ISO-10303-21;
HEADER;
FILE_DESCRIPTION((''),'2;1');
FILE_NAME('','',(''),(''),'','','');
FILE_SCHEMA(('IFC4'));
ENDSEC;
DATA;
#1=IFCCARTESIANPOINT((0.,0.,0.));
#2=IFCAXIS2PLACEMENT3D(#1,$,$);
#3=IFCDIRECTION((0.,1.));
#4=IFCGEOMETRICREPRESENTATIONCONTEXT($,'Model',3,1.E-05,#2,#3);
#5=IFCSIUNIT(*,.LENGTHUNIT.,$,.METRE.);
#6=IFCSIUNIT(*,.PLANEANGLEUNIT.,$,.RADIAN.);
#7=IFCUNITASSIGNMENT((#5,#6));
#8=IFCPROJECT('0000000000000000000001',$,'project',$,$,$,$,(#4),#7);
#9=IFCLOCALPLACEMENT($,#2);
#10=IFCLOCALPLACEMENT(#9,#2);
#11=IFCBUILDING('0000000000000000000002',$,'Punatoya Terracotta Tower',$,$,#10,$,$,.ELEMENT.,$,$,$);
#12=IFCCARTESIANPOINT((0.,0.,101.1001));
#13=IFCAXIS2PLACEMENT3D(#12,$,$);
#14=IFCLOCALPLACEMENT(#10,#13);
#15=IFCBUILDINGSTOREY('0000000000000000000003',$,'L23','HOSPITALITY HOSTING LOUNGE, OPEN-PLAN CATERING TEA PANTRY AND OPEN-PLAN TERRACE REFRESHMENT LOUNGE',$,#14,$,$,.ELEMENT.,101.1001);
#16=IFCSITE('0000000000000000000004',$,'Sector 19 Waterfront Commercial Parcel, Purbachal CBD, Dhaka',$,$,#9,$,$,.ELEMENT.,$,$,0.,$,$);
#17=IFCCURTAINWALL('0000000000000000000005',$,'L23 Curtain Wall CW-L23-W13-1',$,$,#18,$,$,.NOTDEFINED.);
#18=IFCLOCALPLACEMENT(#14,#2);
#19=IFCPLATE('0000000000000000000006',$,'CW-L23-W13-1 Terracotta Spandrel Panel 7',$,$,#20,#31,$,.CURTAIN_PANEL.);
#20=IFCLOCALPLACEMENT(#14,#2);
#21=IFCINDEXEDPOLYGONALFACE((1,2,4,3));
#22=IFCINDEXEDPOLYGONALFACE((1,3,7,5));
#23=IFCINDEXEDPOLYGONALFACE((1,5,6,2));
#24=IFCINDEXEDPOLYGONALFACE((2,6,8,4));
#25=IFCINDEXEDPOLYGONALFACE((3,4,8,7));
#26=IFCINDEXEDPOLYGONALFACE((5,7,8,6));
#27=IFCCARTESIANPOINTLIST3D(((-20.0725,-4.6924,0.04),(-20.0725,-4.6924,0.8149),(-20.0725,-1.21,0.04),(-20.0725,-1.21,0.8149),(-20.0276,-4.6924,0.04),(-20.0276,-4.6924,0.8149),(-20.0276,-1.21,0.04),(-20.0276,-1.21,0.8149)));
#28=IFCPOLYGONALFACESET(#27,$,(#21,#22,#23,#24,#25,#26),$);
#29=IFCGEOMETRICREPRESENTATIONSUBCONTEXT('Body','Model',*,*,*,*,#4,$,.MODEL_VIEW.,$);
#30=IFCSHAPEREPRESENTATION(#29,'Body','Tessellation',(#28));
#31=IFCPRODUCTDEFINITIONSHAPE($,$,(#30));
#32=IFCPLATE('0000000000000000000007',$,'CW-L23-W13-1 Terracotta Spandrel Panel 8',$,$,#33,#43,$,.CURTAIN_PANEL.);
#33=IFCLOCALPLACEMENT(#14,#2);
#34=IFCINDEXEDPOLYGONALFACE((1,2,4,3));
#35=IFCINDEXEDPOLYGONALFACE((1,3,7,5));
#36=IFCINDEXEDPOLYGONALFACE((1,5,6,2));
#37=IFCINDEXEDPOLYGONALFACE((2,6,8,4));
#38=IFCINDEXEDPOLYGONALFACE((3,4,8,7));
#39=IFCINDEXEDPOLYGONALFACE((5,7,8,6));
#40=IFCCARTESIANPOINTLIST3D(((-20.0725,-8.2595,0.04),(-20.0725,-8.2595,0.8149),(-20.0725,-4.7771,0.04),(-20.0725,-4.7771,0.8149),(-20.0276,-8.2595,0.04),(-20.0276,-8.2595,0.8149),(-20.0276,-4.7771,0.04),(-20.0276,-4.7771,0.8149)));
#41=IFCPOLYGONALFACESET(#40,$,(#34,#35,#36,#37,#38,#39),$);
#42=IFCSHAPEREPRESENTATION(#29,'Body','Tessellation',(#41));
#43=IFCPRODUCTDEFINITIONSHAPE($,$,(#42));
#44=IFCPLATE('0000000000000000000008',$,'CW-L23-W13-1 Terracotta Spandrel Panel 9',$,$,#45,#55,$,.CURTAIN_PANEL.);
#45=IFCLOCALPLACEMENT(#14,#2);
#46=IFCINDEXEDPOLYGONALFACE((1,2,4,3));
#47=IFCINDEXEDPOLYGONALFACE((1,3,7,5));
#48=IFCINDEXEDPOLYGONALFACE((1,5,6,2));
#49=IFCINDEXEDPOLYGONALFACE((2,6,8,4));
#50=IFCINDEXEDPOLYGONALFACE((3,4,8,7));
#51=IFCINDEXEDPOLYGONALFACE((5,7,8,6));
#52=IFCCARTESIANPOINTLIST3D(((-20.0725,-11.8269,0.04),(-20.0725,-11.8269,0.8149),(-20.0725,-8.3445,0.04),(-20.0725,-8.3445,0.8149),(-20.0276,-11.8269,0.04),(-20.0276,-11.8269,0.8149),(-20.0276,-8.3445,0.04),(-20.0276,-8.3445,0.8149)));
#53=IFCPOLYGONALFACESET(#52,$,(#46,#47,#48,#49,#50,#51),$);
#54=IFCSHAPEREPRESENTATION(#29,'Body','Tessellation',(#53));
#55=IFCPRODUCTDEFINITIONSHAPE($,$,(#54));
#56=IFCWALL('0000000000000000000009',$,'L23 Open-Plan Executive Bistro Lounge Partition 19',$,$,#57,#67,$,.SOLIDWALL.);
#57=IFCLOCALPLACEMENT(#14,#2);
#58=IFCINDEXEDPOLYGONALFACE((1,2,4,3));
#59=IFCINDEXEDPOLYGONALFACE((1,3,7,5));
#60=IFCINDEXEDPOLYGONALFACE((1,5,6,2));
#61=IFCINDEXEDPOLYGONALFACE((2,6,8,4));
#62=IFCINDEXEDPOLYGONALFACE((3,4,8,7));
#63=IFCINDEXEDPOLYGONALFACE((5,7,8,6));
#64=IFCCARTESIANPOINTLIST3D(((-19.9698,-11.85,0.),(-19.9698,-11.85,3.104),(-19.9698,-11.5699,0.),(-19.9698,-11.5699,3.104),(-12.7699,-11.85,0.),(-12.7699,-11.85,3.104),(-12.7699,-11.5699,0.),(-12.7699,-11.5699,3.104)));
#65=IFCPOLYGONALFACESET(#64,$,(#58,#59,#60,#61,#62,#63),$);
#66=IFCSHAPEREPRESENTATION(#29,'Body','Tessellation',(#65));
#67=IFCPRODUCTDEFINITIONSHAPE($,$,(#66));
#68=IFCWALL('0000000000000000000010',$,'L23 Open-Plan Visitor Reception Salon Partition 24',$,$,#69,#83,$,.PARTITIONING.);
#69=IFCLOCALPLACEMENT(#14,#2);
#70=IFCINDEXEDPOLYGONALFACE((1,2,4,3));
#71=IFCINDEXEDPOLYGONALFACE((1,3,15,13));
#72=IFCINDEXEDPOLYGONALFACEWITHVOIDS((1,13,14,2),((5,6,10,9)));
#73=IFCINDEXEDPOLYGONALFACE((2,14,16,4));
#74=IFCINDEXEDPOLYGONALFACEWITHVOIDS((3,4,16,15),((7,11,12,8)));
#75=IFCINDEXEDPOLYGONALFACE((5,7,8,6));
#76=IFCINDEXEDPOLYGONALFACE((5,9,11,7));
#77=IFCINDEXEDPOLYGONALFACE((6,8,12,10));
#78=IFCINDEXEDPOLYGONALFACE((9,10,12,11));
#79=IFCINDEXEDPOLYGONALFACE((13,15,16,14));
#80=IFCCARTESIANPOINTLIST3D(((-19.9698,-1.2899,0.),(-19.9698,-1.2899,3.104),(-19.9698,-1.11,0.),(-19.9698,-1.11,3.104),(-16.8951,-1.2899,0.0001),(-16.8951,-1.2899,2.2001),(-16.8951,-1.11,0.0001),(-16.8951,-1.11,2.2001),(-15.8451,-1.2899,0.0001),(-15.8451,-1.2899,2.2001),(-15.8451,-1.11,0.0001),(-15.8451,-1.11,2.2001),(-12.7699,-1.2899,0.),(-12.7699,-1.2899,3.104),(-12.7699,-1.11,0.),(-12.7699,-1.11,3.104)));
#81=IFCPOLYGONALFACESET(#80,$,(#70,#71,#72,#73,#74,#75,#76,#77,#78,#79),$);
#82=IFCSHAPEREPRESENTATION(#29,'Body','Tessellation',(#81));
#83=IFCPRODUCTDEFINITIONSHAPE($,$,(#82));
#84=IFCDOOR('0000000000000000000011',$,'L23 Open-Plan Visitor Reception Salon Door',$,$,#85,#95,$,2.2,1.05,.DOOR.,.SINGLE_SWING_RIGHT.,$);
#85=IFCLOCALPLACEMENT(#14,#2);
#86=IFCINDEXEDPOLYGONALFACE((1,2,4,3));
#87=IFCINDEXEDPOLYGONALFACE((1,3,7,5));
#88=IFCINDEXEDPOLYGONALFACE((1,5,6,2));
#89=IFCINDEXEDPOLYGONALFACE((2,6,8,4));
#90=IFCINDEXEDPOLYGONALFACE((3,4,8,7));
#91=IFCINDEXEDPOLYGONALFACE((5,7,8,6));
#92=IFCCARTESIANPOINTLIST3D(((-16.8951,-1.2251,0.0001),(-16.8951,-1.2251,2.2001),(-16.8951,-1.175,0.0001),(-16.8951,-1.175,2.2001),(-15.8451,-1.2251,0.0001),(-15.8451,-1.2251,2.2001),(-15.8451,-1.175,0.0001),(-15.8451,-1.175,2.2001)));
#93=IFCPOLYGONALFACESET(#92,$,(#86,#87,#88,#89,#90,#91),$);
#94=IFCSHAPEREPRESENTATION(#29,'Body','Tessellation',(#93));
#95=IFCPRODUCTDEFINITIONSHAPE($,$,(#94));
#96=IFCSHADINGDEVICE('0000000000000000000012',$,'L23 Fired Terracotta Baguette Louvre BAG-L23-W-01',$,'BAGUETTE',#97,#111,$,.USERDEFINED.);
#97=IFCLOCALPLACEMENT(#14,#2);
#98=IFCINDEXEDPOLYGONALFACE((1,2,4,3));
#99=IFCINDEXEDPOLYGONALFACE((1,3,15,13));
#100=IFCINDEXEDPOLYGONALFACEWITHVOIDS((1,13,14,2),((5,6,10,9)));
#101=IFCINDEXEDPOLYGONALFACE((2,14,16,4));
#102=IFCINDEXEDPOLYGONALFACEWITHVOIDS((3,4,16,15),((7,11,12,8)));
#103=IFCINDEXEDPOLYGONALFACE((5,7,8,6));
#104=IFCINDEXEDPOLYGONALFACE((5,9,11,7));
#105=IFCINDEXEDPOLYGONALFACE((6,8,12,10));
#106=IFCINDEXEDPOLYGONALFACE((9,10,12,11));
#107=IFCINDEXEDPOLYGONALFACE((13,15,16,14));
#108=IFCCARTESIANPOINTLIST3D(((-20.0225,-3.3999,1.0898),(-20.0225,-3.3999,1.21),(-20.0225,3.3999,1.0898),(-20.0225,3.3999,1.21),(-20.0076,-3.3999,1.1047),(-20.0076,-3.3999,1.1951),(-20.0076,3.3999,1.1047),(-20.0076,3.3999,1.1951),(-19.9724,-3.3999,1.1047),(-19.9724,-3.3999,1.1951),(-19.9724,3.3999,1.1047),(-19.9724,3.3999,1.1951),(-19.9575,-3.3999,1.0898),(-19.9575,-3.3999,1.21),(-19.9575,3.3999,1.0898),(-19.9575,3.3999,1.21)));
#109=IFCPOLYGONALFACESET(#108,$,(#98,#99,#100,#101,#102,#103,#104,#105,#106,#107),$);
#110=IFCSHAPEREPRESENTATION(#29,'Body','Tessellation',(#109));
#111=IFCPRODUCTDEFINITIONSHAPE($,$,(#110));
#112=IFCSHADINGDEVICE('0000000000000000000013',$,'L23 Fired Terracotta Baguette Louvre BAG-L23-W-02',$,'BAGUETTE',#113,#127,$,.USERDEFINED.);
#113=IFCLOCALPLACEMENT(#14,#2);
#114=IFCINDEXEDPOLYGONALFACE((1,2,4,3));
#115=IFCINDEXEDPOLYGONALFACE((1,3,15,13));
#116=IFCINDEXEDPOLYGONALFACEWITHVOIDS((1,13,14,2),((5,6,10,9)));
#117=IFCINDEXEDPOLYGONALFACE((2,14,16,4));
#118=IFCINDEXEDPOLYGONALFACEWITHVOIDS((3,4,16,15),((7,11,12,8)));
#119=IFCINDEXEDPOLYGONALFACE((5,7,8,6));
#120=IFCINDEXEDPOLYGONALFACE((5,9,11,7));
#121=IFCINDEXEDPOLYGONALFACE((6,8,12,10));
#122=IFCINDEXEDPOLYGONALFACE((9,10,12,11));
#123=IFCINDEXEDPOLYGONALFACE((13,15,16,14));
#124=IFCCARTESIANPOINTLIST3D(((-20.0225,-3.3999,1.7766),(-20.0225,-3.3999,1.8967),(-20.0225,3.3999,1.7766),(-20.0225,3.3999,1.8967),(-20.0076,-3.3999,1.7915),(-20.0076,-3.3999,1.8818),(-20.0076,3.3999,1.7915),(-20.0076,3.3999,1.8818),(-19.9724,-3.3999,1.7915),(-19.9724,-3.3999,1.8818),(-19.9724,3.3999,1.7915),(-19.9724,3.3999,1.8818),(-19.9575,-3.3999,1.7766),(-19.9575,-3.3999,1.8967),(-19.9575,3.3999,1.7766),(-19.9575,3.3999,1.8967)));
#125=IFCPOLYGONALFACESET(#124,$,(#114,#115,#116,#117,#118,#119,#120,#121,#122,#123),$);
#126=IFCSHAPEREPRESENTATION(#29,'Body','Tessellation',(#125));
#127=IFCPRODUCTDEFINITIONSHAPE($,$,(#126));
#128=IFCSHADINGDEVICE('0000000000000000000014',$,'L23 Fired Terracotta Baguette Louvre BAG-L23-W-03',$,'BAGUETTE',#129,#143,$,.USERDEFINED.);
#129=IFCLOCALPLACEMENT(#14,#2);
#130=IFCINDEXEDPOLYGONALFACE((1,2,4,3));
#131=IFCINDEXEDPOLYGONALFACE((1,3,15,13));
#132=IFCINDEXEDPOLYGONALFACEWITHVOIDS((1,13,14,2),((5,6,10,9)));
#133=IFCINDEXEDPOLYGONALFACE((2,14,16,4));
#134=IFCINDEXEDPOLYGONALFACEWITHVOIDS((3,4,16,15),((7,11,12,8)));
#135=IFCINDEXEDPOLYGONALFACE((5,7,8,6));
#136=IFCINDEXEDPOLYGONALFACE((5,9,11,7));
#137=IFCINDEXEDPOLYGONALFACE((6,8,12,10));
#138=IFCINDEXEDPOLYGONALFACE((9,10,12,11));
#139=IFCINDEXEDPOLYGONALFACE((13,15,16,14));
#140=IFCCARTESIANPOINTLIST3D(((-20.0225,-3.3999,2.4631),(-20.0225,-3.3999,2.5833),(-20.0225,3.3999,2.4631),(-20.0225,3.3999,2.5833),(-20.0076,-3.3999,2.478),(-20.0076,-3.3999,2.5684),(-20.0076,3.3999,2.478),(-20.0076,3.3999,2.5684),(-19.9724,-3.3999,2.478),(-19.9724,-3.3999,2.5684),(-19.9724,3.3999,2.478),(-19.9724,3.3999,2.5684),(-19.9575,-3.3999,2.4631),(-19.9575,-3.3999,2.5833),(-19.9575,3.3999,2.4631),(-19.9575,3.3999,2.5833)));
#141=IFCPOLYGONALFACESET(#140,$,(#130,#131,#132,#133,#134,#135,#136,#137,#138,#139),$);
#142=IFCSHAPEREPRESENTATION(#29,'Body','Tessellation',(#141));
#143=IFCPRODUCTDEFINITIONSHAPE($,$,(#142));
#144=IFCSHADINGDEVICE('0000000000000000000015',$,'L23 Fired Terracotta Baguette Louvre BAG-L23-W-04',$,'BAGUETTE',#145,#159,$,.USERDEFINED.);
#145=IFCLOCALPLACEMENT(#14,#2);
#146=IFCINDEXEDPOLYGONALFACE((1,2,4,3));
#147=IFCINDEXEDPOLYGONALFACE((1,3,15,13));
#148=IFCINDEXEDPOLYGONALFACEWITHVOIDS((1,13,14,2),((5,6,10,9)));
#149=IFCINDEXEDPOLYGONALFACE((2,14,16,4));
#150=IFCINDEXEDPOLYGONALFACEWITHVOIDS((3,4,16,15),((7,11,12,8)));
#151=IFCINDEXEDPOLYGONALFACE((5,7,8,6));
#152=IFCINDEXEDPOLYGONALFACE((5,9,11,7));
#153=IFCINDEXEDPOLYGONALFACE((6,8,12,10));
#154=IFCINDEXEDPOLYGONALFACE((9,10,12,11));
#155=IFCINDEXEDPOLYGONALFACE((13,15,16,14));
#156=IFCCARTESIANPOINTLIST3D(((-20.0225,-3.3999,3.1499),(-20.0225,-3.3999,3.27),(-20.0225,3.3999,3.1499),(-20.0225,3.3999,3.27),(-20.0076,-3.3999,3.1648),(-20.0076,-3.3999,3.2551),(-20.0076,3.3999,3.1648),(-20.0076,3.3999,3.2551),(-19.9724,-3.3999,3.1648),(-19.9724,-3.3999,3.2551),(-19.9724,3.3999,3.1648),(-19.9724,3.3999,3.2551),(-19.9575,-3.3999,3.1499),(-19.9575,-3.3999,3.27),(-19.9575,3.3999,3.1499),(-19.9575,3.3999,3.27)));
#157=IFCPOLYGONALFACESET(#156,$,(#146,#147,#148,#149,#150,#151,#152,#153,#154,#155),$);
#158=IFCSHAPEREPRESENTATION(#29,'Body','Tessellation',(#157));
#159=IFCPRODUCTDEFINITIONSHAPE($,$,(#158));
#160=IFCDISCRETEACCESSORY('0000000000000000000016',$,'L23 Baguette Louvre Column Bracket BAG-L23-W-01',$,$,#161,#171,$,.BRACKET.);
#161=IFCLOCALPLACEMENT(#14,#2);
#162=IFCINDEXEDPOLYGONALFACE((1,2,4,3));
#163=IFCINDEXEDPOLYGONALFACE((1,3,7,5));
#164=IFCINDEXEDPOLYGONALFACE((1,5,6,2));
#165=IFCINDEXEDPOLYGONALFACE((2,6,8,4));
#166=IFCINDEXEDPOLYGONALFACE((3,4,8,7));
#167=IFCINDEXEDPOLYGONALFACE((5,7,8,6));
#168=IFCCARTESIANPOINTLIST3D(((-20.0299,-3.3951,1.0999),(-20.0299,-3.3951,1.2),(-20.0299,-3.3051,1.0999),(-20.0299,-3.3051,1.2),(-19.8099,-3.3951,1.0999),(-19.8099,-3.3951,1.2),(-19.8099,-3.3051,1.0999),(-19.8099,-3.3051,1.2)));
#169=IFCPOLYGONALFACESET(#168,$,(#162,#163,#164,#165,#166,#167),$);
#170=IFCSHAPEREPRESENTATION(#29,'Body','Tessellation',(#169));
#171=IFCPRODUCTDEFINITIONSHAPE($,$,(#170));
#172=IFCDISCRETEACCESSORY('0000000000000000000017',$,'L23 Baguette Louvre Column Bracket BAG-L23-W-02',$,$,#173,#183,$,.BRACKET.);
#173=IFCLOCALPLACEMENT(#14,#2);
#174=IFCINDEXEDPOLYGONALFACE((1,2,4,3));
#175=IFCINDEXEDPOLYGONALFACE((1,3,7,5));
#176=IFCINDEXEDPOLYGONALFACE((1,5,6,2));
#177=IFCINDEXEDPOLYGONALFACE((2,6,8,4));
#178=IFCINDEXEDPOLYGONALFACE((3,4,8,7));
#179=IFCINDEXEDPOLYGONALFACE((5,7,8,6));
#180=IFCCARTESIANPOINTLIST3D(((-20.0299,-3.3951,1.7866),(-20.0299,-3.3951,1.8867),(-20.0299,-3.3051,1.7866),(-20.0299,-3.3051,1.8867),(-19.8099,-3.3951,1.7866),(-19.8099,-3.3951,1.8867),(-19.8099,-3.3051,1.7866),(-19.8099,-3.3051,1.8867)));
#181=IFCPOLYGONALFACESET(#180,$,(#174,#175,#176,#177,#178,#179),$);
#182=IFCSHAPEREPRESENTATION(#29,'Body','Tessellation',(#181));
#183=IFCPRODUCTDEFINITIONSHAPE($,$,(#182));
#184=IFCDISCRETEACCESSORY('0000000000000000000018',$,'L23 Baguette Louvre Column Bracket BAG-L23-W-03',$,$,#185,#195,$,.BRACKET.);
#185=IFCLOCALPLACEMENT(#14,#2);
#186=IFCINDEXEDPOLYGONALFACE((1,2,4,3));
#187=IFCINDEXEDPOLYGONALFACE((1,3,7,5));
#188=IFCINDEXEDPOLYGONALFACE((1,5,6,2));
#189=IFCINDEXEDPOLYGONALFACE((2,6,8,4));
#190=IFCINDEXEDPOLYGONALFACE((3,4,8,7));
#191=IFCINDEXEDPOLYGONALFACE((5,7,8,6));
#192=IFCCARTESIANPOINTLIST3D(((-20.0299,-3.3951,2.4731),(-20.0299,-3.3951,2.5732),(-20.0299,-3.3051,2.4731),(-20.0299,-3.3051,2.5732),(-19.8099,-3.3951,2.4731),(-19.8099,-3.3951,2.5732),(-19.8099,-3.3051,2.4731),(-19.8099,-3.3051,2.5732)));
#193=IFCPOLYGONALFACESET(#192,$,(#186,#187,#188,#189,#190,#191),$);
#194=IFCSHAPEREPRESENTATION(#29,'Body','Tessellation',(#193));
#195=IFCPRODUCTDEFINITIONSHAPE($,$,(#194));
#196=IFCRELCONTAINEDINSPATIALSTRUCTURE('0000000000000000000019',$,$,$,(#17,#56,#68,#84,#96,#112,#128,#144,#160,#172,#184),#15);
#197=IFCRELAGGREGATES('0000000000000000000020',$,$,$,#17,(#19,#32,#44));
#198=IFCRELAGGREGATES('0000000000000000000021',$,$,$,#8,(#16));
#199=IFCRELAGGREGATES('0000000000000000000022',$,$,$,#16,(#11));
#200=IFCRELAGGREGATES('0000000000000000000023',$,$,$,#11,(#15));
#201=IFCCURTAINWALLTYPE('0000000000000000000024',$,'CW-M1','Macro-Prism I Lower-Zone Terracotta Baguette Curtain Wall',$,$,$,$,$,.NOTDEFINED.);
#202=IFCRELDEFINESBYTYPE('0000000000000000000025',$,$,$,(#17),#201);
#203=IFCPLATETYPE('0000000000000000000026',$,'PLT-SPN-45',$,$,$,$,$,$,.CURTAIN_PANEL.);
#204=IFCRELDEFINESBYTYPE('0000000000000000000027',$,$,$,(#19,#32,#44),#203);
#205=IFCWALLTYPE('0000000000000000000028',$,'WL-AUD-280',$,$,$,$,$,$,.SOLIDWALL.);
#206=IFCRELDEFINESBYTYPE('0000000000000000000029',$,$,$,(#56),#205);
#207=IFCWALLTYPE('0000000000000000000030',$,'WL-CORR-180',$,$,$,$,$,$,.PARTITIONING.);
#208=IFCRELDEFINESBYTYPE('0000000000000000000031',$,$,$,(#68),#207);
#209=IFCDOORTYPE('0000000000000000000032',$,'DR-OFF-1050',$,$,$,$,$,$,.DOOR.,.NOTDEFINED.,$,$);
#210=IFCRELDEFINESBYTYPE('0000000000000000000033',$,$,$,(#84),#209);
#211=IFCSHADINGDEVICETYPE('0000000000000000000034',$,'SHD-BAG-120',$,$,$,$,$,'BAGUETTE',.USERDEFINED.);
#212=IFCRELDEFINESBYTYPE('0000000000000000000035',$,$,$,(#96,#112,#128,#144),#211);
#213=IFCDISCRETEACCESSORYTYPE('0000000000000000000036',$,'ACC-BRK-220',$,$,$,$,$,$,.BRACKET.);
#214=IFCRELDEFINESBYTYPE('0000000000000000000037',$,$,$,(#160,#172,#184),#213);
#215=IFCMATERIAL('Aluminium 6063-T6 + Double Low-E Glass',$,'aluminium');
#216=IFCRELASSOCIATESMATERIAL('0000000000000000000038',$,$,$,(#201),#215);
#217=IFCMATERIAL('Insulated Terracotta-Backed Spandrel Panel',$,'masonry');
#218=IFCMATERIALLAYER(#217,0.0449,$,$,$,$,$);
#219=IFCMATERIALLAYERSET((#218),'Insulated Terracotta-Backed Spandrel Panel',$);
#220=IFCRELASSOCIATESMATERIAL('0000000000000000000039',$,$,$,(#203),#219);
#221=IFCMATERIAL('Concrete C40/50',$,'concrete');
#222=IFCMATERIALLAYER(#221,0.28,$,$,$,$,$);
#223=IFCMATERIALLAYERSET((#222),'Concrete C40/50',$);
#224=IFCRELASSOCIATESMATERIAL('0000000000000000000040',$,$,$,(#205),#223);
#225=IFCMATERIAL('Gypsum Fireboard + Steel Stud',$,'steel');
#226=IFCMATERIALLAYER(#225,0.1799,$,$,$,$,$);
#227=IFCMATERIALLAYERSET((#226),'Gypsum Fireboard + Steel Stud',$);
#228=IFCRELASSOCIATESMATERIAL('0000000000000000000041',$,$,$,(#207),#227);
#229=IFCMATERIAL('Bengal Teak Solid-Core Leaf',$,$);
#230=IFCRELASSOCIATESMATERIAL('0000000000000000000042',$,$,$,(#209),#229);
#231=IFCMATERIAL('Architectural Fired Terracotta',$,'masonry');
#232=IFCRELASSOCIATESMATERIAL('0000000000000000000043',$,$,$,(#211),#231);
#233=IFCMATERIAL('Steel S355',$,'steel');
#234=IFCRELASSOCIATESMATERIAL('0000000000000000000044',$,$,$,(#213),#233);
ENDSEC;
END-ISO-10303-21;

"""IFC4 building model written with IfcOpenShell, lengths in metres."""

from ifc_helpers import new_model, si_unit, direction, frame, frame_2d, origin, origin_2d, place, context, subcontext, project, spatial, rectangle, hollow_rectangle, extrude, material, layer, layer_set, material_profile, profile_set, type_object, element, fill, aggregate, save


model = new_model("IFC4")

# Units and contexts
model_context = context("Model", 3, precision=1e-05, world=origin(), true_north=direction((0.0, 1.0)))
body_context = subcontext(model_context, "Body", "Model", "MODEL_VIEW")
ifc_project = project(units=[si_unit("LENGTHUNIT", "METRE"), si_unit("PLANEANGLEUNIT", "RADIAN")], contexts=[model_context])

# Site, building, storey
site_placement = place(None, origin())
site = spatial("IfcSite", under=ifc_project, at=site_placement, Name="Sector 19 Waterfront Commercial Parcel, Purbachal CBD, Dhaka", CompositionType="ELEMENT", RefElevation=0.0)
building_placement = place(site_placement, origin())
building = spatial("IfcBuilding", under=site, at=building_placement, Name="Punatoya Terracotta Tower", CompositionType="ELEMENT")
storey_placement = place(building_placement, frame((0.0, 0.0, 101.1001)))
storey = spatial("IfcBuildingStorey", under=building, at=storey_placement, Name="L23", Description="HOSPITALITY HOSTING LOUNGE, OPEN-PLAN CATERING TEA PANTRY AND OPEN-PLAN TERRACE REFRESHMENT LOUNGE", CompositionType="ELEMENT", Elevation=101.1001)

# Shared definitions
ifc_material_1 = material(Name="Steel S355", Category="steel")

# Curtain wall
ifc_material_2 = material(Name="Aluminium 6063-T6 + Double Low-E Glass", Category="aluminium")
curtain_wall_type = type_object("IfcCurtainWallType", Name="CW-M1", Description="Macro-Prism I Lower-Zone Terracotta Baguette Curtain Wall", PredefinedType="NOTDEFINED", material=ifc_material_2)
curtain_wall_placement = place(storey_placement, origin())
curtain_wall = element("IfcCurtainWall", 1, at=curtain_wall_placement, inside=storey, type_object=curtain_wall_type, Name="L23 Curtain Wall CW-L23-W13-1", PredefinedType="NOTDEFINED")

# Plates
ifc_material_3 = material(Name="Insulated Terracotta-Backed Spandrel Panel", Category="masonry")
ifc_layer_1 = layer(ifc_material_3, 0.0449)
ifc_layer_set_1 = layer_set([ifc_layer_1], Name="Insulated Terracotta-Backed Spandrel Panel")
plate_type_1 = type_object("IfcPlateType", Name="PLT-SPN-45", PredefinedType="CURTAIN_PANEL", material=ifc_layer_set_1)
plate_1_placement = place(storey_placement, frame((-20.05, -2.9512, 0.04), z_axis=(0.0, 0.0, 1.0), x_axis=(0.0, -1.0, 0.0)))
plate_1 = element("IfcPlate", 2, at=plate_1_placement, type_object=plate_type_1, Name="CW-L23-W13-1 Terracotta Spandrel Panel 7", PredefinedType="CURTAIN_PANEL", context=body_context, shape_type="SweptSolid", body=[
    extrude(rectangle(XDim=3.4824, YDim=0.0449, at=origin_2d()), origin(), (0.0, 0.0, 1.0), 0.7749),
])
plate_2_placement = place(storey_placement, frame((-20.05, -6.5183, 0.04), z_axis=(0.0, 0.0, 1.0), x_axis=(0.0, -1.0, 0.0)))
plate_2 = element("IfcPlate", 3, at=plate_2_placement, type_object=plate_type_1, Name="CW-L23-W13-1 Terracotta Spandrel Panel 8", PredefinedType="CURTAIN_PANEL", context=body_context, shape_type="SweptSolid", body=[
    extrude(rectangle(XDim=3.4824, YDim=0.0449, at=origin_2d()), origin(), (0.0, 0.0, 1.0), 0.7749),
])
plate_3_placement = place(storey_placement, frame((-20.05, -10.0857, 0.04), z_axis=(0.0, 0.0, 1.0), x_axis=(0.0, -1.0, 0.0)))
plate_3 = element("IfcPlate", 4, at=plate_3_placement, type_object=plate_type_1, Name="CW-L23-W13-1 Terracotta Spandrel Panel 9", PredefinedType="CURTAIN_PANEL", context=body_context, shape_type="SweptSolid", body=[
    extrude(rectangle(XDim=3.4824, YDim=0.0449, at=origin_2d()), origin(), (0.0, 0.0, 1.0), 0.7749),
])
aggregate(curtain_wall, [plate_1, plate_2, plate_3])

# Wall
ifc_material_4 = material(Name="Concrete C40/50", Category="concrete")
ifc_layer_2 = layer(ifc_material_4, 0.28)
ifc_layer_set_2 = layer_set([ifc_layer_2], Name="Concrete C40/50")
wall_type_1 = type_object("IfcWallType", Name="WL-AUD-280", PredefinedType="SOLIDWALL", material=ifc_layer_set_2)
wall_1_placement = place(storey_placement, frame((-19.97, -11.71, 0.0), z_axis=(0.0, 0.0, 1.0), x_axis=(1.0, 0.0, 0.0)))
element("IfcWall", 5, at=wall_1_placement, inside=storey, type_object=wall_type_1, Name="L23 Open-Plan Executive Bistro Lounge Partition 19", PredefinedType="SOLIDWALL", context=body_context, shape_type="SweptSolid", body=[
    extrude(rectangle(XDim=7.2, YDim=0.28, at=frame_2d((3.6001, 0.0))), origin(), (0.0, 0.0, 1.0), 3.104),
])

# Wall, opening, door
ifc_material_5 = material(Name="Gypsum Fireboard + Steel Stud", Category="steel")
ifc_layer_3 = layer(ifc_material_5, 0.1799)
ifc_layer_set_3 = layer_set([ifc_layer_3], Name="Gypsum Fireboard + Steel Stud")
wall_type_2 = type_object("IfcWallType", Name="WL-CORR-180", PredefinedType="PARTITIONING", material=ifc_layer_set_3)
wall_2_placement = place(storey_placement, frame((-19.97, -1.2, 0.0), z_axis=(0.0, 0.0, 1.0), x_axis=(1.0, 0.0, 0.0)))
wall_2 = element("IfcWall", 6, at=wall_2_placement, inside=storey, type_object=wall_type_2, Name="L23 Open-Plan Visitor Reception Salon Partition 24", PredefinedType="PARTITIONING", context=body_context, shape_type="SweptSolid", body=[
    extrude(rectangle(XDim=7.2, YDim=0.1799, at=frame_2d((3.6001, 0.0))), origin(), (0.0, 0.0, 1.0), 3.104),
])
opening_placement = place(wall_2_placement, frame((3.075, 0.0, 0.0)))
opening = element("IfcOpeningElement", 7, at=opening_placement, cuts=wall_2, PredefinedType="OPENING", context=body_context, shape_type="SweptSolid", body=[
    extrude(rectangle(XDim=1.05, YDim=2.2, at=frame_2d((0.5249, 1.1001))), frame((0.0, 0.0999, 0.0), z_axis=(0.0, -1.0, 0.0), x_axis=(1.0, 0.0, 0.0)), (0.0, 0.0, 1.0), 0.2),
])
ifc_material_6 = material(Name="Bengal Teak Solid-Core Leaf")
door_type = type_object("IfcDoorType", Name="DR-OFF-1050", OperationType="NOTDEFINED", PredefinedType="DOOR", material=ifc_material_6)
door_placement = place(opening_placement, origin())
door = element("IfcDoor", 8, at=door_placement, inside=storey, type_object=door_type, Name="L23 Open-Plan Visitor Reception Salon Door", OperationType="SINGLE_SWING_RIGHT", OverallHeight=2.2, OverallWidth=1.05, PredefinedType="DOOR", context=body_context, shape_type="SweptSolid", body=[
    extrude(rectangle(XDim=1.05, YDim=2.2, at=frame_2d((0.5249, 1.1001))), frame((0.0, 0.0249, 0.0), z_axis=(0.0, -1.0, 0.0), x_axis=(1.0, 0.0, 0.0)), (0.0, 0.0, 1.0), 0.05),
])
fill(opening, door)

# Shading devices
ifc_material_7 = material(Name="Architectural Fired Terracotta", Category="masonry")
ifc_material_profile_1 = material_profile(ifc_material_7, hollow_rectangle(XDim=0.0649, YDim=0.1201, WallThickness=0.0149, at=origin_2d()))
ifc_profile_set_1 = profile_set([ifc_material_profile_1], Name="Architectural Fired Terracotta")
shading_device_type = type_object("IfcShadingDeviceType", Name="SHD-BAG-120", ElementType="BAGUETTE", PredefinedType="USERDEFINED", material=ifc_profile_set_1)
for number, where, z_axis, x_axis, name in (
    (9, (-19.99, -3.3999, 1.1499), (0.0, 1.0, 0.0), (-1.0, 0.0, 0.0), "L23 Fired Terracotta Baguette Louvre BAG-L23-W-01"),
    (10, (-19.99, -3.3999, 1.8367), (0.0, 1.0, 0.0), (-1.0, 0.0, 0.0), "L23 Fired Terracotta Baguette Louvre BAG-L23-W-02"),
    (11, (-19.99, -3.3999, 2.5232), (0.0, 1.0, 0.0), (-1.0, 0.0, 0.0), "L23 Fired Terracotta Baguette Louvre BAG-L23-W-03"),
    (12, (-19.99, -3.3999, 3.21), (0.0, 1.0, 0.0), (-1.0, 0.0, 0.0), "L23 Fired Terracotta Baguette Louvre BAG-L23-W-04"),
):
    element("IfcShadingDevice", number, at=place(storey_placement, frame(where, z_axis=z_axis, x_axis=x_axis)), inside=storey, type_object=shading_device_type, Name=name, ObjectType="BAGUETTE", PredefinedType="USERDEFINED", context=body_context, shape_type="SweptSolid", body=[
        extrude(hollow_rectangle(XDim=0.0649, YDim=0.1201, WallThickness=0.0149, at=origin_2d()), origin(), (0.0, 0.0, 1.0), 6.7998),
    ])

# Discrete accessories
discrete_accessory_type = type_object("IfcDiscreteAccessoryType", Name="ACC-BRK-220", PredefinedType="BRACKET", material=ifc_material_1)
for number, where, z_axis, x_axis, name in (
    (13, (-19.9199, -3.3501, 1.0999), (0.0, 0.0, 1.0), (0.0, 1.0, 0.0), "L23 Baguette Louvre Column Bracket BAG-L23-W-01"),
    (14, (-19.9199, -3.3501, 1.7866), (0.0, 0.0, 1.0), (0.0, 1.0, 0.0), "L23 Baguette Louvre Column Bracket BAG-L23-W-02"),
    (15, (-19.9199, -3.3501, 2.4731), (0.0, 0.0, 1.0), (0.0, 1.0, 0.0), "L23 Baguette Louvre Column Bracket BAG-L23-W-03"),
):
    element("IfcDiscreteAccessory", number, at=place(storey_placement, frame(where, z_axis=z_axis, x_axis=x_axis)), inside=storey, type_object=discrete_accessory_type, Name=name, PredefinedType="BRACKET", context=body_context, shape_type="SweptSolid", body=[
        extrude(rectangle(XDim=0.0901, YDim=0.22, at=origin_2d()), origin(), (0.0, 0.0, 1.0), 0.1001),
    ])

save(model, "model.ifc")
